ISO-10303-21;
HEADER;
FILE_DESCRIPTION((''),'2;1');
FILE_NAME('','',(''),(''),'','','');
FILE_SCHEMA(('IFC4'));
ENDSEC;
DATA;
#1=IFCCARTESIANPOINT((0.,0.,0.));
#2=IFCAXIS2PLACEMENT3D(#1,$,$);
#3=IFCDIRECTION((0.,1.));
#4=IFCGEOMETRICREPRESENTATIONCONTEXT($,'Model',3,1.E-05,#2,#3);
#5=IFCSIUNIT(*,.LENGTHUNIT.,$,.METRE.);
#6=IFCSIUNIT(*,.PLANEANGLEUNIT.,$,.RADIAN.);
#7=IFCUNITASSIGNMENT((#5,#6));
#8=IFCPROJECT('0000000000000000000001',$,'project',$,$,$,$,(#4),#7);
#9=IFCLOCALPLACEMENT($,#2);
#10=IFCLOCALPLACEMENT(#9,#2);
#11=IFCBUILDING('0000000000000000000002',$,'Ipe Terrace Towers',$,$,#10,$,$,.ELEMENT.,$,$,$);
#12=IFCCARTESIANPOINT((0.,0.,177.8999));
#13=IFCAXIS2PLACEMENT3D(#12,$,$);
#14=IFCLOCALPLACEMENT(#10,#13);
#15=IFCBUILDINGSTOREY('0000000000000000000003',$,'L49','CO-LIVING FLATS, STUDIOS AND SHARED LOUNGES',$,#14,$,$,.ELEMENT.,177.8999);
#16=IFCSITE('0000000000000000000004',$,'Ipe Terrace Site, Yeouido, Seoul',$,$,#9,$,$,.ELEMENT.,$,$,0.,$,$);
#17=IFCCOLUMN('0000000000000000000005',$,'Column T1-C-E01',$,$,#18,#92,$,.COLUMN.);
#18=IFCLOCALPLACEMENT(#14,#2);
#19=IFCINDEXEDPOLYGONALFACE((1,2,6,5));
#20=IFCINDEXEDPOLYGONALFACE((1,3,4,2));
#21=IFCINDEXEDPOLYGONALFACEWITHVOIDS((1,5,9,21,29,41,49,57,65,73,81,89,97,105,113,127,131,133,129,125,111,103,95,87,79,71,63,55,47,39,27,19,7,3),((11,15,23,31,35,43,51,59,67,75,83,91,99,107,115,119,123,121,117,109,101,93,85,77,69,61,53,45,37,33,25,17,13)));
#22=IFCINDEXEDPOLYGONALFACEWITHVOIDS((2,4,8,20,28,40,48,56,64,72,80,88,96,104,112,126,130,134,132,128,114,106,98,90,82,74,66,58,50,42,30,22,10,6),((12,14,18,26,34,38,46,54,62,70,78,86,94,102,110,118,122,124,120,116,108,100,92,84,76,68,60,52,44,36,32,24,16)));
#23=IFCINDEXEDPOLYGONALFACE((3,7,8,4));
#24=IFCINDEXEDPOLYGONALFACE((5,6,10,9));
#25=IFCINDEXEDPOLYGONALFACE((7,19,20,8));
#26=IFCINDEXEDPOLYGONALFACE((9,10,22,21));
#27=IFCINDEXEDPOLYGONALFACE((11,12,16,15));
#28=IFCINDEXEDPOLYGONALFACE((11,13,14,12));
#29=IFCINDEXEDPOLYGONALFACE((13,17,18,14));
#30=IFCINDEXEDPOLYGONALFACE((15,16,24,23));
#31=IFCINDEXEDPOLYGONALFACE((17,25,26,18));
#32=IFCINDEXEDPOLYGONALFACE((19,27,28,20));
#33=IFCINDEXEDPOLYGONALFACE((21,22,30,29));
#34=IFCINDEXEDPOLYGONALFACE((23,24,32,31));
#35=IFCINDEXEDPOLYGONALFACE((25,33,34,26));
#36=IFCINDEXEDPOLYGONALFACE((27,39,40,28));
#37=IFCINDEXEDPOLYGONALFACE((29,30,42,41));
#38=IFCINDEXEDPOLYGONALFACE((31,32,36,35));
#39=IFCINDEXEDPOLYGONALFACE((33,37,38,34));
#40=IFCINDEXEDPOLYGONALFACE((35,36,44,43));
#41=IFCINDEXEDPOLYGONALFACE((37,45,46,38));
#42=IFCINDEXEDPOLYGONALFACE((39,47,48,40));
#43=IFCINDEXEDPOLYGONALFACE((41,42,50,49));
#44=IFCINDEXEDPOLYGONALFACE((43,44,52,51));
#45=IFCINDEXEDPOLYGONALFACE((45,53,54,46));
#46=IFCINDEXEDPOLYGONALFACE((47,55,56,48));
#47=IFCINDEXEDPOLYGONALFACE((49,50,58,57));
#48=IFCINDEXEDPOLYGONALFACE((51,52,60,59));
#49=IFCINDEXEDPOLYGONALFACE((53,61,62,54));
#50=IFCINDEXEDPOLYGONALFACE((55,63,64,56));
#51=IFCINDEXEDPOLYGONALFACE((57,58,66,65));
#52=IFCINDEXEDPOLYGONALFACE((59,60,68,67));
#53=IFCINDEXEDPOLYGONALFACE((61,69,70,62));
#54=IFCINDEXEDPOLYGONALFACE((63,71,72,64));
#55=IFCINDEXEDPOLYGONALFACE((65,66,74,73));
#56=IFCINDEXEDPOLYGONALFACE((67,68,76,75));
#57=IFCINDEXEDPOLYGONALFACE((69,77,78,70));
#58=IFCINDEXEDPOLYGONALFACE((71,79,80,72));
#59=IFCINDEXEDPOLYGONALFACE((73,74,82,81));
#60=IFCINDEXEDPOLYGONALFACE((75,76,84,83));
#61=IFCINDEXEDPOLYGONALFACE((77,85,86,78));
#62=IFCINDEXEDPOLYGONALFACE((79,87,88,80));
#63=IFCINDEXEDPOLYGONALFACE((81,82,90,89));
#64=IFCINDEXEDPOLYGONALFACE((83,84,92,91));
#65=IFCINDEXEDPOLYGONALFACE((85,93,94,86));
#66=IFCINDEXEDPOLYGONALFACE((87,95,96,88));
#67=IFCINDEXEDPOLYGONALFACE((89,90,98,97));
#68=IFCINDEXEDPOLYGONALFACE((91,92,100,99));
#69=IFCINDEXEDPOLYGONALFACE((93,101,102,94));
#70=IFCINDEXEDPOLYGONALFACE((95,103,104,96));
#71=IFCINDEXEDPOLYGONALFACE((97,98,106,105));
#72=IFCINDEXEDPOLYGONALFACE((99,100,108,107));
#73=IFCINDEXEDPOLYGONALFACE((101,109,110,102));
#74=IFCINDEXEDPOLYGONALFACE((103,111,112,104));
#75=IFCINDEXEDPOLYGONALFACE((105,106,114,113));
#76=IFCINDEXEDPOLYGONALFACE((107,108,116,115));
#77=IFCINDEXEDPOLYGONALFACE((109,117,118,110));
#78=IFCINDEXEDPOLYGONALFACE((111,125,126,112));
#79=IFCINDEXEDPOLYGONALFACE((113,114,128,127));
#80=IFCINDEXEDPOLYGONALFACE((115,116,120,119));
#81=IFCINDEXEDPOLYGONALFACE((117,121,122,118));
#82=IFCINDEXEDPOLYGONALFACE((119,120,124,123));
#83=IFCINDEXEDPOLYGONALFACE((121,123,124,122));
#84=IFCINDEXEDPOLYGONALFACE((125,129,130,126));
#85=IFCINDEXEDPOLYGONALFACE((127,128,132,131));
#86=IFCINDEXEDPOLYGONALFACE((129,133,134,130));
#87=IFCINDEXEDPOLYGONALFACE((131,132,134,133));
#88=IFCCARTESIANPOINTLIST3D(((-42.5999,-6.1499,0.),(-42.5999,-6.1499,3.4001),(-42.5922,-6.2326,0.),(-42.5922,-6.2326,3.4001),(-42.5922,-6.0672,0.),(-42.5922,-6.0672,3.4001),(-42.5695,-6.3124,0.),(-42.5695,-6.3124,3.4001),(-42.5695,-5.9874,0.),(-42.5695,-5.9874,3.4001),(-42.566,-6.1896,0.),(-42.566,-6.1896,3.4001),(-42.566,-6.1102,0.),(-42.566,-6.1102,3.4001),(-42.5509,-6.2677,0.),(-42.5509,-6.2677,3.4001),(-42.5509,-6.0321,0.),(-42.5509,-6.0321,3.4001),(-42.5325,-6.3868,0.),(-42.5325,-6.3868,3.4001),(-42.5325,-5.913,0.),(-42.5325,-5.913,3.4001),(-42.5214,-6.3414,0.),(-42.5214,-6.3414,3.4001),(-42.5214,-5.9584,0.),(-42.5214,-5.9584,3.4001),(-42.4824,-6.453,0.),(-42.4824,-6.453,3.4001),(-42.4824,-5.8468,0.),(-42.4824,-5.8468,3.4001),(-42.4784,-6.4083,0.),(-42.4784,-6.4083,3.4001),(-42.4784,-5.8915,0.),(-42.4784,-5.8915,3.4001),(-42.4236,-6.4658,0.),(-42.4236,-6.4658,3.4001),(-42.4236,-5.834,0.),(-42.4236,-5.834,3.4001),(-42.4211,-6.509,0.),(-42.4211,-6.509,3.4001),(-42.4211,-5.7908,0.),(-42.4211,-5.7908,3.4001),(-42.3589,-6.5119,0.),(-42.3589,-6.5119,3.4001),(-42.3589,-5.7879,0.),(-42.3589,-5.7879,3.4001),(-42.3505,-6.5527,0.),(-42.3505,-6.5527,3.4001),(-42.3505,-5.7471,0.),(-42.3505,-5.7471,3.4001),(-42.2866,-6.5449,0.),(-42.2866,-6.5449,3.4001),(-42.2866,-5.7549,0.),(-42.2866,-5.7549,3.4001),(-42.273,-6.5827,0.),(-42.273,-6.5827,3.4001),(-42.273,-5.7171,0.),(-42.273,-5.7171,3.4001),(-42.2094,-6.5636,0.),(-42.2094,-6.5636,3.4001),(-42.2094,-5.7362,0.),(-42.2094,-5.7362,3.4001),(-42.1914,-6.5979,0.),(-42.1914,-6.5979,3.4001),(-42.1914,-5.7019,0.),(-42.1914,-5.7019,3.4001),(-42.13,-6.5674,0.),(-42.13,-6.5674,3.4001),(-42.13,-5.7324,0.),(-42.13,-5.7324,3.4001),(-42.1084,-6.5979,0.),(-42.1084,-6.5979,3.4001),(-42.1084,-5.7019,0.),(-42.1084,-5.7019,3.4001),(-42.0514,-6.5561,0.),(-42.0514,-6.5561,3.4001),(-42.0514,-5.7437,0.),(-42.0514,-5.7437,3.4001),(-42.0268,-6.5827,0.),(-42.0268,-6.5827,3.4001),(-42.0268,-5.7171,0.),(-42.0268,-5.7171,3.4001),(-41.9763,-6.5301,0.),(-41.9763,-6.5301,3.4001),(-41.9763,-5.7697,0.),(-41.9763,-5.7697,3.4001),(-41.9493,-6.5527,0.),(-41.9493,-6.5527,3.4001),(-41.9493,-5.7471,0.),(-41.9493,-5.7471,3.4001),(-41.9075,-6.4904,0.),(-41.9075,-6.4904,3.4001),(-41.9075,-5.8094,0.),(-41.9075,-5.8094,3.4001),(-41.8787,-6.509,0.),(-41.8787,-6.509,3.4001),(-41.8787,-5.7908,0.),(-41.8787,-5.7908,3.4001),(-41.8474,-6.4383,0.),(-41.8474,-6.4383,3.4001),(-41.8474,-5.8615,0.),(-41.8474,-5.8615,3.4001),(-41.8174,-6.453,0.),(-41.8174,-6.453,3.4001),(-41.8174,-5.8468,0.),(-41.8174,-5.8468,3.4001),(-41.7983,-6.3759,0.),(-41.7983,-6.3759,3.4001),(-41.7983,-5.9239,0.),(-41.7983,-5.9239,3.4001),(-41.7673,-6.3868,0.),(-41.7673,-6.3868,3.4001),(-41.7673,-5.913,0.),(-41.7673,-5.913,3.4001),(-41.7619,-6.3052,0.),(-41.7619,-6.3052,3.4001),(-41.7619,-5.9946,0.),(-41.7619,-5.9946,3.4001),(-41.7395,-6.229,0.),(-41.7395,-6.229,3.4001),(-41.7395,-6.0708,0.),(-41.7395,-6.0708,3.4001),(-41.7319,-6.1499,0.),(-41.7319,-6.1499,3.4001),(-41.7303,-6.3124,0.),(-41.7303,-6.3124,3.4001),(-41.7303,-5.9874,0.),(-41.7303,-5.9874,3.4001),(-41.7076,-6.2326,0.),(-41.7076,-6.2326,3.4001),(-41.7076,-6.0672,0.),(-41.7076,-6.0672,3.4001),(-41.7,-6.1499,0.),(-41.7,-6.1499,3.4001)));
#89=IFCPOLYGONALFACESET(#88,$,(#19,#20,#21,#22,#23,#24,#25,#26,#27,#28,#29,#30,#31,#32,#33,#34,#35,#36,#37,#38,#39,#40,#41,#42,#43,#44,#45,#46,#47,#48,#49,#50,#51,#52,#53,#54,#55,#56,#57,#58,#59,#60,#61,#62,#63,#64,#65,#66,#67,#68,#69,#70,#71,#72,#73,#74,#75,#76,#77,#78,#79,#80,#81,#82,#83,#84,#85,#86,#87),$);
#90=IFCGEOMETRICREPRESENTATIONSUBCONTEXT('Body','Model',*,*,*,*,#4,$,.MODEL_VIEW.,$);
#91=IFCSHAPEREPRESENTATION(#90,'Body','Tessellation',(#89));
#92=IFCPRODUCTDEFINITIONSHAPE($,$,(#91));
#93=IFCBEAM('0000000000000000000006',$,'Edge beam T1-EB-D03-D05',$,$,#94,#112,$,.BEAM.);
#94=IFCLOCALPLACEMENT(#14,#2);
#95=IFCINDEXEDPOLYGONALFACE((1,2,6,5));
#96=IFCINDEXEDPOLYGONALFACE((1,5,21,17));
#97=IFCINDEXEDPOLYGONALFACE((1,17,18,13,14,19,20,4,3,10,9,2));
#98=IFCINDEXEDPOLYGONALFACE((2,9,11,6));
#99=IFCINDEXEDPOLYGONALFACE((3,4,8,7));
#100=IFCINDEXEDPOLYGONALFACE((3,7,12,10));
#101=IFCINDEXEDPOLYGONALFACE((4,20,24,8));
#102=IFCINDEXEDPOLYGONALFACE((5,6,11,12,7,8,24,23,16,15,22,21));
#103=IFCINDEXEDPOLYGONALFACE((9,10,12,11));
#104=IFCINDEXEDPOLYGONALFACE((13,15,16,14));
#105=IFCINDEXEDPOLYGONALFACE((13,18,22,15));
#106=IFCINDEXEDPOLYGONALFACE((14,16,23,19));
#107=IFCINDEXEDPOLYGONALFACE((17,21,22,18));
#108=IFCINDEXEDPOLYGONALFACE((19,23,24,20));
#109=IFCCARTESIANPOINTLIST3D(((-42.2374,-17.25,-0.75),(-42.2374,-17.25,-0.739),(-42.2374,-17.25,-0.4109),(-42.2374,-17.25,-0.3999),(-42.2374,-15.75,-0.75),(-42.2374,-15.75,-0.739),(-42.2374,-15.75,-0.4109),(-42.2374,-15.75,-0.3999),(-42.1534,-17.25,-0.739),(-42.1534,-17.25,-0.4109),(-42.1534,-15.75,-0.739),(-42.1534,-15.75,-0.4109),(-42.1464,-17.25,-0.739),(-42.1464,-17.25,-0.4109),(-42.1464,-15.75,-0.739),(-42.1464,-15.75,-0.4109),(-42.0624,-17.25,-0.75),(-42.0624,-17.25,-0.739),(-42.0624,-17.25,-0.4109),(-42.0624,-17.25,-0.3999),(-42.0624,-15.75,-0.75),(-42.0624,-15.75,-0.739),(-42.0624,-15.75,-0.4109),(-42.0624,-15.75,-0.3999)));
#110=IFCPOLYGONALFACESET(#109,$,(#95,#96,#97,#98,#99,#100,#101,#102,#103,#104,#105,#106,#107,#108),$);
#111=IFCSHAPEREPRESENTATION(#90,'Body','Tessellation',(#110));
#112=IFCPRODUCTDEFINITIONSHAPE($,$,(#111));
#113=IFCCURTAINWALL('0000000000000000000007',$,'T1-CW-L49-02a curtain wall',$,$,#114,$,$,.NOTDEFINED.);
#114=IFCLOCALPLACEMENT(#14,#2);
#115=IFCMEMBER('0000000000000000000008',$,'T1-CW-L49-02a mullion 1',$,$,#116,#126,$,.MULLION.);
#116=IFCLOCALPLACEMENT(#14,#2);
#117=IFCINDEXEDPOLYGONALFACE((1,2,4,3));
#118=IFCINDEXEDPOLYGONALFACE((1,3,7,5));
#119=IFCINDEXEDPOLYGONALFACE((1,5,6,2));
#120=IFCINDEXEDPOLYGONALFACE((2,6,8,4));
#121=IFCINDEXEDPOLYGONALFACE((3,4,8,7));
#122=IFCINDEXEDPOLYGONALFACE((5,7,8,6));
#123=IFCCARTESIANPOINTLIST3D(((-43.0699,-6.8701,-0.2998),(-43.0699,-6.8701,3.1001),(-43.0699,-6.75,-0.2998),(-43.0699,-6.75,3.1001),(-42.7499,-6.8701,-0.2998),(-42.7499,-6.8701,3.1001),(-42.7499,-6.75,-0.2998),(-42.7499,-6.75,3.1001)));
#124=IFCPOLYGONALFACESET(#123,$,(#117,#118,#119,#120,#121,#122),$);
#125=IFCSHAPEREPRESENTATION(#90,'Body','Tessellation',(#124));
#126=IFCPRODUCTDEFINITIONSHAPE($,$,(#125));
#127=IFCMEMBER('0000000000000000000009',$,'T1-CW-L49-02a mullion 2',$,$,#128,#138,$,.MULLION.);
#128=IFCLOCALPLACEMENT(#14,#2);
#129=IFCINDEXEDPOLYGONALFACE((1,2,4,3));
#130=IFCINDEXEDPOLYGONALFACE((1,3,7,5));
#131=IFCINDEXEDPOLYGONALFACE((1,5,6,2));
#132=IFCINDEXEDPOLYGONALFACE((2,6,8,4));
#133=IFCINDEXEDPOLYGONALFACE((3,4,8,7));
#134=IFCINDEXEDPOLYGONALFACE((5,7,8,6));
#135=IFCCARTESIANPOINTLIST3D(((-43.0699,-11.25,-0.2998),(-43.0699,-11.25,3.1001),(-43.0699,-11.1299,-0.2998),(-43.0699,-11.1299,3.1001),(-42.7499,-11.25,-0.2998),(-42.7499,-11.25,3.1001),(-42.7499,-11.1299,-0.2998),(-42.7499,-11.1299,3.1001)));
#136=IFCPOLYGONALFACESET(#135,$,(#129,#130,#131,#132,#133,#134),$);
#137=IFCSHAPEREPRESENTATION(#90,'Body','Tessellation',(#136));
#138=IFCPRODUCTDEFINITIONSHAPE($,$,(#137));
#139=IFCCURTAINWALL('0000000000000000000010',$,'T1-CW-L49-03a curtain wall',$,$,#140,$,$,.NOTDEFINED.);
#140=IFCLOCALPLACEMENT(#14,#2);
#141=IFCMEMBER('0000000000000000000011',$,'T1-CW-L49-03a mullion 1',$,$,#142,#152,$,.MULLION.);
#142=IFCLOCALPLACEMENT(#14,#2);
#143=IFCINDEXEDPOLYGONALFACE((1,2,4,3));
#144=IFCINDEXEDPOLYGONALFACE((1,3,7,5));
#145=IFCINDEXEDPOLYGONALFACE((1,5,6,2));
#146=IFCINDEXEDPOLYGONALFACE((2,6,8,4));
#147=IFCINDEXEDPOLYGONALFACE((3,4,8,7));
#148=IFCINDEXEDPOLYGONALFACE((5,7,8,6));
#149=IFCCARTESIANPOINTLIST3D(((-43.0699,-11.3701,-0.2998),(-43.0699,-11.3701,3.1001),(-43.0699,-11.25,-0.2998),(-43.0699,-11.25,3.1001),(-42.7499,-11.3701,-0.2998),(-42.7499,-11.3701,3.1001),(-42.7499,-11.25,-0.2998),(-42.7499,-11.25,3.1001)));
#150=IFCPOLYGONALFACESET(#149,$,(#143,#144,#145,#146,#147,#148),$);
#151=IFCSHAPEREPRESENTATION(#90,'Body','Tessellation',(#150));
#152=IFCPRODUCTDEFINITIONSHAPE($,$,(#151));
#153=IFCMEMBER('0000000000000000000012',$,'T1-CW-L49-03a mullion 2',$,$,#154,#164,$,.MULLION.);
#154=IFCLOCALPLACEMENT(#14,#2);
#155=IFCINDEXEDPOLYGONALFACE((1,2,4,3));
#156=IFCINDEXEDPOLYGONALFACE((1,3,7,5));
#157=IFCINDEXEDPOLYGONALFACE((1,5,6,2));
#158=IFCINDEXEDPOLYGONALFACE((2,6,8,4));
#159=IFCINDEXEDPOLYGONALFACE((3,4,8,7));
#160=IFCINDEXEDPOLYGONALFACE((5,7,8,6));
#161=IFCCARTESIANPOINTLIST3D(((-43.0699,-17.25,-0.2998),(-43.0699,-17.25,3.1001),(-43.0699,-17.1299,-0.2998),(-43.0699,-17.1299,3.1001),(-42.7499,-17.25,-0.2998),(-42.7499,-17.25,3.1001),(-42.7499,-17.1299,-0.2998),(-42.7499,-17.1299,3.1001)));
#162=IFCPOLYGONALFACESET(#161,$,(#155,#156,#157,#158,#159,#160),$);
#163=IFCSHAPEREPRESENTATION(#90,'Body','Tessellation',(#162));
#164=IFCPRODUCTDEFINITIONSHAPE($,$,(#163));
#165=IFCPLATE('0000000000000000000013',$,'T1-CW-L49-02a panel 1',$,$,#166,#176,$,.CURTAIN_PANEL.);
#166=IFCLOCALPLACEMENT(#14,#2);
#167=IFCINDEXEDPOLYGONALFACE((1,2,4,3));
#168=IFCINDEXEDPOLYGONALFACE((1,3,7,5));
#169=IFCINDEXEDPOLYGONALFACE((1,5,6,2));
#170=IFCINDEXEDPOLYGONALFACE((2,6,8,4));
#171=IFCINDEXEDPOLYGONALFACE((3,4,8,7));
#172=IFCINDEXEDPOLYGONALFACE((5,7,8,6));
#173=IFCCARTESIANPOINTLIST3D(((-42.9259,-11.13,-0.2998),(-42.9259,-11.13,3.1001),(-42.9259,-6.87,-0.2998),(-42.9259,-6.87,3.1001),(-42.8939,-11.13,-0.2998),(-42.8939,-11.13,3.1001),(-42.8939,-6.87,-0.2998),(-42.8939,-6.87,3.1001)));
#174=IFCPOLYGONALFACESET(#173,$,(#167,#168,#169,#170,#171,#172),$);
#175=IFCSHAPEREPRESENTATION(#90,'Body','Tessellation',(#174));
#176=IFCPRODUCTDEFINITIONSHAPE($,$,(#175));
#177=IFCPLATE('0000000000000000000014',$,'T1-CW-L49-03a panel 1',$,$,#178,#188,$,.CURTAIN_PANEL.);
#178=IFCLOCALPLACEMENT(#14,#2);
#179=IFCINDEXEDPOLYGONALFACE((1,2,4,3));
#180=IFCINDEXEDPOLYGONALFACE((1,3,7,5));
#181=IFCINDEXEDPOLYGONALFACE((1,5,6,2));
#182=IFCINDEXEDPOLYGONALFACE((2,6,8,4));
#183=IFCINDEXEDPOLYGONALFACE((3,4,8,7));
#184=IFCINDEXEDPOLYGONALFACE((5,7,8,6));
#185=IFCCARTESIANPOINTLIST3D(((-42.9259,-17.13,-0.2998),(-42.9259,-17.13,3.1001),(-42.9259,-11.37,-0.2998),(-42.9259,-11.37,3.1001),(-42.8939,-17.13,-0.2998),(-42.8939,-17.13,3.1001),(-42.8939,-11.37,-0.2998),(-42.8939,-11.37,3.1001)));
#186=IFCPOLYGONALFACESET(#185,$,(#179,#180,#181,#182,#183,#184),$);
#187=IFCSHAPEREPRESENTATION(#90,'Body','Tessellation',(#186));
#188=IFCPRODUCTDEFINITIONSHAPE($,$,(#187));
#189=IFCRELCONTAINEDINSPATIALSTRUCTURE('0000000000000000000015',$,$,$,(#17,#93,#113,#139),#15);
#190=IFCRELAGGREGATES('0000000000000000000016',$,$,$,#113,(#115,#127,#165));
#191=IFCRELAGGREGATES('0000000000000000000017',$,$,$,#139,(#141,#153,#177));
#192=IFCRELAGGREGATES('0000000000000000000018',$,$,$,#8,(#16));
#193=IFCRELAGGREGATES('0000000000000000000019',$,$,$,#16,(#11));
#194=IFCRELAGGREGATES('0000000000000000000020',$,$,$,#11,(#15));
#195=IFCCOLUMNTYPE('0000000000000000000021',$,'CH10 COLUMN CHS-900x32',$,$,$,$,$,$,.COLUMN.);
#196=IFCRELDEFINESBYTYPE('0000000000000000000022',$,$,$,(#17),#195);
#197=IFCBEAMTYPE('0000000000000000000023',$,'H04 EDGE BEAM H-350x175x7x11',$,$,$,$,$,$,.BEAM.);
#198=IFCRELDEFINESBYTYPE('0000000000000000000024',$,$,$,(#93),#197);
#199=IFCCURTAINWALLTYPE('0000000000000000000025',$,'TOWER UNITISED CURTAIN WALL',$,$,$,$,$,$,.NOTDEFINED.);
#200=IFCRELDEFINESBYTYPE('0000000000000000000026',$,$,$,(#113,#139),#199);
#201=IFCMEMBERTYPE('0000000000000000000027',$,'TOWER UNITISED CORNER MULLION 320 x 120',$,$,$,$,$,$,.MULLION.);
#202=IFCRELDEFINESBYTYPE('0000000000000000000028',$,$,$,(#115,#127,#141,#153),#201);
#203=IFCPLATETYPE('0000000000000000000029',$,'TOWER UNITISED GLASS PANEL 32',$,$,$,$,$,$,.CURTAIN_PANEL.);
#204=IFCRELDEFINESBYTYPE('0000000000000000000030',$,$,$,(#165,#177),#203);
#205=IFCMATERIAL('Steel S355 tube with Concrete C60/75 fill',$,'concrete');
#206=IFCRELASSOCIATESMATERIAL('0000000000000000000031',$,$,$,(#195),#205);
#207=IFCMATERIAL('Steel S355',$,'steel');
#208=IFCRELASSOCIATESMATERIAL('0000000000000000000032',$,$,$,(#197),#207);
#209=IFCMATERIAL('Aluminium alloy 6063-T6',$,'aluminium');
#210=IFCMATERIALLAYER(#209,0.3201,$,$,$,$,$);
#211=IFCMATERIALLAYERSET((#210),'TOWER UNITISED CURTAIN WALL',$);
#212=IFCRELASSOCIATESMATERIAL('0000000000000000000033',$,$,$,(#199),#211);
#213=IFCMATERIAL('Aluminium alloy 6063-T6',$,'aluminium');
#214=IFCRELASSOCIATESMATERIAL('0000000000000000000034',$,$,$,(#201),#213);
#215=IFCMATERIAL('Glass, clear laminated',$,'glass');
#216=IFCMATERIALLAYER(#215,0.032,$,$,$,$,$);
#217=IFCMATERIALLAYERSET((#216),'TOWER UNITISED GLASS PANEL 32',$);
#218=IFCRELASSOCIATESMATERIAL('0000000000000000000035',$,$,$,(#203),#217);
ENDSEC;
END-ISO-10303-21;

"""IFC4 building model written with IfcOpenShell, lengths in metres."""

from ifc_helpers import new_model, si_unit, direction, frame, origin, origin_2d, place, context, subcontext, project, spatial, rectangle, hollow_circle, i_section, extrude, material, layer, layer_set, material_profile, profile_set, type_object, element, aggregate, save


model = new_model("IFC4")

# Units and contexts
model_context = context("Model", 3, precision=1e-05, world=origin(), true_north=direction((0.0, 1.0)))
body_context = subcontext(model_context, "Body", "Model", "MODEL_VIEW")
ifc_project = project(units=[si_unit("LENGTHUNIT", "METRE"), si_unit("PLANEANGLEUNIT", "RADIAN")], contexts=[model_context])

# Site, building, storey
site_placement = place(None, origin())
site = spatial("IfcSite", under=ifc_project, at=site_placement, Name="Ipe Terrace Site, Yeouido, Seoul", CompositionType="ELEMENT", RefElevation=0.0)
building_placement = place(site_placement, origin())
building = spatial("IfcBuilding", under=site, at=building_placement, Name="Ipe Terrace Towers", CompositionType="ELEMENT")
storey_placement = place(building_placement, frame((0.0, 0.0, 177.8999)))
storey = spatial("IfcBuildingStorey", under=building, at=storey_placement, Name="L49", Description="CO-LIVING FLATS, STUDIOS AND SHARED LOUNGES", CompositionType="ELEMENT", Elevation=177.8999)

# Column
ifc_material_1 = material(Name="Steel S355 tube with Concrete C60/75 fill", Category="concrete")
ifc_material_profile_1 = material_profile(ifc_material_1, hollow_circle(Radius=0.45, WallThickness=0.032, at=origin_2d()), Name="CHS-900x32")
ifc_profile_set_1 = profile_set([ifc_material_profile_1], Name="Steel S355 tube with Concrete C60/75 fill")
column_type_1 = type_object("IfcColumnType", Name="CH10 COLUMN CHS-900x32", PredefinedType="COLUMN", material=ifc_profile_set_1)
column_placement = place(storey_placement, frame((-42.1499, -6.1499, 0.0), z_axis=(0.0, 0.0, 1.0), x_axis=(1.0, 0.0, 0.0)))
element("IfcColumn", 1, at=column_placement, inside=storey, type_object=column_type_1, Name="Column T1-C-E01", PredefinedType="COLUMN", context=body_context, shape_type="SweptSolid", body=[
    extrude(hollow_circle(Radius=0.45, WallThickness=0.032, at=origin_2d()), origin(), (0.0, 0.0, 1.0), 3.4001),
])

# Beam
ifc_material_2 = material(Name="Steel S355", Category="steel")
ifc_material_profile_2 = material_profile(ifc_material_2, i_section(OverallWidth=0.175, OverallDepth=0.3501, WebThickness=0.0071, FlangeThickness=0.011, at=origin_2d()), Name="H-350x175x7x11")
ifc_profile_set_2 = profile_set([ifc_material_profile_2], Name="Steel S355")
beam_type = type_object("IfcBeamType", Name="H04 EDGE BEAM H-350x175x7x11", PredefinedType="BEAM", material=ifc_profile_set_2)
beam_placement = place(storey_placement, frame((-42.1499, -15.75, -0.575), z_axis=(0.0, -1.0, 0.0), x_axis=(1.0, 0.0, 0.0)))
element("IfcBeam", 2, at=beam_placement, inside=storey, type_object=beam_type, Name="Edge beam T1-EB-D03-D05", PredefinedType="BEAM", context=body_context, shape_type="SweptSolid", body=[
    extrude(i_section(OverallWidth=0.175, OverallDepth=0.3501, WebThickness=0.0071, FlangeThickness=0.011, at=origin_2d()), origin(), (0.0, 0.0, 1.0), 1.5),
])

# Curtain walls, members
ifc_material_3 = material(Name="Aluminium alloy 6063-T6", Category="aluminium")
ifc_layer_1 = layer(ifc_material_3, 0.3201)
ifc_layer_set_1 = layer_set([ifc_layer_1], Name="TOWER UNITISED CURTAIN WALL")
curtain_wall_type = type_object("IfcCurtainWallType", Name="TOWER UNITISED CURTAIN WALL", PredefinedType="NOTDEFINED", material=ifc_layer_set_1)
curtain_wall_1_placement = place(storey_placement, origin())
curtain_wall_1 = element("IfcCurtainWall", 3, at=curtain_wall_1_placement, inside=storey, type_object=curtain_wall_type, Name="T1-CW-L49-02a curtain wall", PredefinedType="NOTDEFINED")
ifc_material_4 = material(Name="Aluminium alloy 6063-T6", Category="aluminium")
ifc_material_profile_3 = material_profile(ifc_material_4, rectangle(XDim=0.3201, YDim=0.1201, at=origin_2d()), Name="TOWER UNITISED CORNER MULLION 320 x 120")
ifc_profile_set_3 = profile_set([ifc_material_profile_3], Name="Aluminium alloy 6063-T6")
member_type = type_object("IfcMemberType", Name="TOWER UNITISED CORNER MULLION 320 x 120", PredefinedType="MULLION", material=ifc_profile_set_3)
member_1_placement = place(storey_placement, frame((-42.9099, -6.8101, -0.2998), z_axis=(0.0, 0.0, 1.0), x_axis=(-1.0, 0.0, 0.0)))
member_1 = element("IfcMember", 4, at=member_1_placement, type_object=member_type, Name="T1-CW-L49-02a mullion 1", PredefinedType="MULLION", context=body_context, shape_type="SweptSolid", body=[
    extrude(rectangle(XDim=0.3201, YDim=0.1201, at=origin_2d()), origin(), (0.0, 0.0, 1.0), 3.3999),
])
member_2_placement = place(storey_placement, frame((-42.9099, -11.1899, -0.2998), z_axis=(0.0, 0.0, 1.0), x_axis=(-1.0, 0.0, 0.0)))
member_2 = element("IfcMember", 5, at=member_2_placement, type_object=member_type, Name="T1-CW-L49-02a mullion 2", PredefinedType="MULLION", context=body_context, shape_type="SweptSolid", body=[
    extrude(rectangle(XDim=0.3201, YDim=0.1201, at=origin_2d()), origin(), (0.0, 0.0, 1.0), 3.3999),
])
curtain_wall_2_placement = place(storey_placement, origin())
curtain_wall_2 = element("IfcCurtainWall", 6, at=curtain_wall_2_placement, inside=storey, type_object=curtain_wall_type, Name="T1-CW-L49-03a curtain wall", PredefinedType="NOTDEFINED")
member_3_placement = place(storey_placement, frame((-42.9099, -11.3101, -0.2998), z_axis=(0.0, 0.0, 1.0), x_axis=(-1.0, 0.0, 0.0)))
member_3 = element("IfcMember", 7, at=member_3_placement, type_object=member_type, Name="T1-CW-L49-03a mullion 1", PredefinedType="MULLION", context=body_context, shape_type="SweptSolid", body=[
    extrude(rectangle(XDim=0.3201, YDim=0.1201, at=origin_2d()), origin(), (0.0, 0.0, 1.0), 3.3999),
])
member_4_placement = place(storey_placement, frame((-42.9099, -17.1899, -0.2998), z_axis=(0.0, 0.0, 1.0), x_axis=(-1.0, 0.0, 0.0)))
member_4 = element("IfcMember", 8, at=member_4_placement, type_object=member_type, Name="T1-CW-L49-03a mullion 2", PredefinedType="MULLION", context=body_context, shape_type="SweptSolid", body=[
    extrude(rectangle(XDim=0.3201, YDim=0.1201, at=origin_2d()), origin(), (0.0, 0.0, 1.0), 3.3999),
])

# Plates
ifc_material_5 = material(Name="Glass, clear laminated", Category="glass")
ifc_layer_2 = layer(ifc_material_5, 0.032)
ifc_layer_set_2 = layer_set([ifc_layer_2], Name="TOWER UNITISED GLASS PANEL 32")
plate_type = type_object("IfcPlateType", Name="TOWER UNITISED GLASS PANEL 32", PredefinedType="CURTAIN_PANEL", material=ifc_layer_set_2)
plate_1_placement = place(storey_placement, frame((-42.9099, -9.0, -0.2998), z_axis=(0.0, 0.0, 1.0), x_axis=(0.0, -1.0, 0.0)))
plate_1 = element("IfcPlate", 9, at=plate_1_placement, type_object=plate_type, Name="T1-CW-L49-02a panel 1", PredefinedType="CURTAIN_PANEL", context=body_context, shape_type="SweptSolid", body=[
    extrude(rectangle(XDim=4.26, YDim=0.032, at=origin_2d()), origin(), (0.0, 0.0, 1.0), 3.3999),
])
aggregate(curtain_wall_1, [member_1, member_2, plate_1])
plate_2_placement = place(storey_placement, frame((-42.9099, -14.25, -0.2998), z_axis=(0.0, 0.0, 1.0), x_axis=(0.0, -1.0, 0.0)))
plate_2 = element("IfcPlate", 10, at=plate_2_placement, type_object=plate_type, Name="T1-CW-L49-03a panel 1", PredefinedType="CURTAIN_PANEL", context=body_context, shape_type="SweptSolid", body=[
    extrude(rectangle(XDim=5.76, YDim=0.032, at=origin_2d()), origin(), (0.0, 0.0, 1.0), 3.3999),
])
aggregate(curtain_wall_2, [member_3, member_4, plate_2])

save(model, "model.ifc")
